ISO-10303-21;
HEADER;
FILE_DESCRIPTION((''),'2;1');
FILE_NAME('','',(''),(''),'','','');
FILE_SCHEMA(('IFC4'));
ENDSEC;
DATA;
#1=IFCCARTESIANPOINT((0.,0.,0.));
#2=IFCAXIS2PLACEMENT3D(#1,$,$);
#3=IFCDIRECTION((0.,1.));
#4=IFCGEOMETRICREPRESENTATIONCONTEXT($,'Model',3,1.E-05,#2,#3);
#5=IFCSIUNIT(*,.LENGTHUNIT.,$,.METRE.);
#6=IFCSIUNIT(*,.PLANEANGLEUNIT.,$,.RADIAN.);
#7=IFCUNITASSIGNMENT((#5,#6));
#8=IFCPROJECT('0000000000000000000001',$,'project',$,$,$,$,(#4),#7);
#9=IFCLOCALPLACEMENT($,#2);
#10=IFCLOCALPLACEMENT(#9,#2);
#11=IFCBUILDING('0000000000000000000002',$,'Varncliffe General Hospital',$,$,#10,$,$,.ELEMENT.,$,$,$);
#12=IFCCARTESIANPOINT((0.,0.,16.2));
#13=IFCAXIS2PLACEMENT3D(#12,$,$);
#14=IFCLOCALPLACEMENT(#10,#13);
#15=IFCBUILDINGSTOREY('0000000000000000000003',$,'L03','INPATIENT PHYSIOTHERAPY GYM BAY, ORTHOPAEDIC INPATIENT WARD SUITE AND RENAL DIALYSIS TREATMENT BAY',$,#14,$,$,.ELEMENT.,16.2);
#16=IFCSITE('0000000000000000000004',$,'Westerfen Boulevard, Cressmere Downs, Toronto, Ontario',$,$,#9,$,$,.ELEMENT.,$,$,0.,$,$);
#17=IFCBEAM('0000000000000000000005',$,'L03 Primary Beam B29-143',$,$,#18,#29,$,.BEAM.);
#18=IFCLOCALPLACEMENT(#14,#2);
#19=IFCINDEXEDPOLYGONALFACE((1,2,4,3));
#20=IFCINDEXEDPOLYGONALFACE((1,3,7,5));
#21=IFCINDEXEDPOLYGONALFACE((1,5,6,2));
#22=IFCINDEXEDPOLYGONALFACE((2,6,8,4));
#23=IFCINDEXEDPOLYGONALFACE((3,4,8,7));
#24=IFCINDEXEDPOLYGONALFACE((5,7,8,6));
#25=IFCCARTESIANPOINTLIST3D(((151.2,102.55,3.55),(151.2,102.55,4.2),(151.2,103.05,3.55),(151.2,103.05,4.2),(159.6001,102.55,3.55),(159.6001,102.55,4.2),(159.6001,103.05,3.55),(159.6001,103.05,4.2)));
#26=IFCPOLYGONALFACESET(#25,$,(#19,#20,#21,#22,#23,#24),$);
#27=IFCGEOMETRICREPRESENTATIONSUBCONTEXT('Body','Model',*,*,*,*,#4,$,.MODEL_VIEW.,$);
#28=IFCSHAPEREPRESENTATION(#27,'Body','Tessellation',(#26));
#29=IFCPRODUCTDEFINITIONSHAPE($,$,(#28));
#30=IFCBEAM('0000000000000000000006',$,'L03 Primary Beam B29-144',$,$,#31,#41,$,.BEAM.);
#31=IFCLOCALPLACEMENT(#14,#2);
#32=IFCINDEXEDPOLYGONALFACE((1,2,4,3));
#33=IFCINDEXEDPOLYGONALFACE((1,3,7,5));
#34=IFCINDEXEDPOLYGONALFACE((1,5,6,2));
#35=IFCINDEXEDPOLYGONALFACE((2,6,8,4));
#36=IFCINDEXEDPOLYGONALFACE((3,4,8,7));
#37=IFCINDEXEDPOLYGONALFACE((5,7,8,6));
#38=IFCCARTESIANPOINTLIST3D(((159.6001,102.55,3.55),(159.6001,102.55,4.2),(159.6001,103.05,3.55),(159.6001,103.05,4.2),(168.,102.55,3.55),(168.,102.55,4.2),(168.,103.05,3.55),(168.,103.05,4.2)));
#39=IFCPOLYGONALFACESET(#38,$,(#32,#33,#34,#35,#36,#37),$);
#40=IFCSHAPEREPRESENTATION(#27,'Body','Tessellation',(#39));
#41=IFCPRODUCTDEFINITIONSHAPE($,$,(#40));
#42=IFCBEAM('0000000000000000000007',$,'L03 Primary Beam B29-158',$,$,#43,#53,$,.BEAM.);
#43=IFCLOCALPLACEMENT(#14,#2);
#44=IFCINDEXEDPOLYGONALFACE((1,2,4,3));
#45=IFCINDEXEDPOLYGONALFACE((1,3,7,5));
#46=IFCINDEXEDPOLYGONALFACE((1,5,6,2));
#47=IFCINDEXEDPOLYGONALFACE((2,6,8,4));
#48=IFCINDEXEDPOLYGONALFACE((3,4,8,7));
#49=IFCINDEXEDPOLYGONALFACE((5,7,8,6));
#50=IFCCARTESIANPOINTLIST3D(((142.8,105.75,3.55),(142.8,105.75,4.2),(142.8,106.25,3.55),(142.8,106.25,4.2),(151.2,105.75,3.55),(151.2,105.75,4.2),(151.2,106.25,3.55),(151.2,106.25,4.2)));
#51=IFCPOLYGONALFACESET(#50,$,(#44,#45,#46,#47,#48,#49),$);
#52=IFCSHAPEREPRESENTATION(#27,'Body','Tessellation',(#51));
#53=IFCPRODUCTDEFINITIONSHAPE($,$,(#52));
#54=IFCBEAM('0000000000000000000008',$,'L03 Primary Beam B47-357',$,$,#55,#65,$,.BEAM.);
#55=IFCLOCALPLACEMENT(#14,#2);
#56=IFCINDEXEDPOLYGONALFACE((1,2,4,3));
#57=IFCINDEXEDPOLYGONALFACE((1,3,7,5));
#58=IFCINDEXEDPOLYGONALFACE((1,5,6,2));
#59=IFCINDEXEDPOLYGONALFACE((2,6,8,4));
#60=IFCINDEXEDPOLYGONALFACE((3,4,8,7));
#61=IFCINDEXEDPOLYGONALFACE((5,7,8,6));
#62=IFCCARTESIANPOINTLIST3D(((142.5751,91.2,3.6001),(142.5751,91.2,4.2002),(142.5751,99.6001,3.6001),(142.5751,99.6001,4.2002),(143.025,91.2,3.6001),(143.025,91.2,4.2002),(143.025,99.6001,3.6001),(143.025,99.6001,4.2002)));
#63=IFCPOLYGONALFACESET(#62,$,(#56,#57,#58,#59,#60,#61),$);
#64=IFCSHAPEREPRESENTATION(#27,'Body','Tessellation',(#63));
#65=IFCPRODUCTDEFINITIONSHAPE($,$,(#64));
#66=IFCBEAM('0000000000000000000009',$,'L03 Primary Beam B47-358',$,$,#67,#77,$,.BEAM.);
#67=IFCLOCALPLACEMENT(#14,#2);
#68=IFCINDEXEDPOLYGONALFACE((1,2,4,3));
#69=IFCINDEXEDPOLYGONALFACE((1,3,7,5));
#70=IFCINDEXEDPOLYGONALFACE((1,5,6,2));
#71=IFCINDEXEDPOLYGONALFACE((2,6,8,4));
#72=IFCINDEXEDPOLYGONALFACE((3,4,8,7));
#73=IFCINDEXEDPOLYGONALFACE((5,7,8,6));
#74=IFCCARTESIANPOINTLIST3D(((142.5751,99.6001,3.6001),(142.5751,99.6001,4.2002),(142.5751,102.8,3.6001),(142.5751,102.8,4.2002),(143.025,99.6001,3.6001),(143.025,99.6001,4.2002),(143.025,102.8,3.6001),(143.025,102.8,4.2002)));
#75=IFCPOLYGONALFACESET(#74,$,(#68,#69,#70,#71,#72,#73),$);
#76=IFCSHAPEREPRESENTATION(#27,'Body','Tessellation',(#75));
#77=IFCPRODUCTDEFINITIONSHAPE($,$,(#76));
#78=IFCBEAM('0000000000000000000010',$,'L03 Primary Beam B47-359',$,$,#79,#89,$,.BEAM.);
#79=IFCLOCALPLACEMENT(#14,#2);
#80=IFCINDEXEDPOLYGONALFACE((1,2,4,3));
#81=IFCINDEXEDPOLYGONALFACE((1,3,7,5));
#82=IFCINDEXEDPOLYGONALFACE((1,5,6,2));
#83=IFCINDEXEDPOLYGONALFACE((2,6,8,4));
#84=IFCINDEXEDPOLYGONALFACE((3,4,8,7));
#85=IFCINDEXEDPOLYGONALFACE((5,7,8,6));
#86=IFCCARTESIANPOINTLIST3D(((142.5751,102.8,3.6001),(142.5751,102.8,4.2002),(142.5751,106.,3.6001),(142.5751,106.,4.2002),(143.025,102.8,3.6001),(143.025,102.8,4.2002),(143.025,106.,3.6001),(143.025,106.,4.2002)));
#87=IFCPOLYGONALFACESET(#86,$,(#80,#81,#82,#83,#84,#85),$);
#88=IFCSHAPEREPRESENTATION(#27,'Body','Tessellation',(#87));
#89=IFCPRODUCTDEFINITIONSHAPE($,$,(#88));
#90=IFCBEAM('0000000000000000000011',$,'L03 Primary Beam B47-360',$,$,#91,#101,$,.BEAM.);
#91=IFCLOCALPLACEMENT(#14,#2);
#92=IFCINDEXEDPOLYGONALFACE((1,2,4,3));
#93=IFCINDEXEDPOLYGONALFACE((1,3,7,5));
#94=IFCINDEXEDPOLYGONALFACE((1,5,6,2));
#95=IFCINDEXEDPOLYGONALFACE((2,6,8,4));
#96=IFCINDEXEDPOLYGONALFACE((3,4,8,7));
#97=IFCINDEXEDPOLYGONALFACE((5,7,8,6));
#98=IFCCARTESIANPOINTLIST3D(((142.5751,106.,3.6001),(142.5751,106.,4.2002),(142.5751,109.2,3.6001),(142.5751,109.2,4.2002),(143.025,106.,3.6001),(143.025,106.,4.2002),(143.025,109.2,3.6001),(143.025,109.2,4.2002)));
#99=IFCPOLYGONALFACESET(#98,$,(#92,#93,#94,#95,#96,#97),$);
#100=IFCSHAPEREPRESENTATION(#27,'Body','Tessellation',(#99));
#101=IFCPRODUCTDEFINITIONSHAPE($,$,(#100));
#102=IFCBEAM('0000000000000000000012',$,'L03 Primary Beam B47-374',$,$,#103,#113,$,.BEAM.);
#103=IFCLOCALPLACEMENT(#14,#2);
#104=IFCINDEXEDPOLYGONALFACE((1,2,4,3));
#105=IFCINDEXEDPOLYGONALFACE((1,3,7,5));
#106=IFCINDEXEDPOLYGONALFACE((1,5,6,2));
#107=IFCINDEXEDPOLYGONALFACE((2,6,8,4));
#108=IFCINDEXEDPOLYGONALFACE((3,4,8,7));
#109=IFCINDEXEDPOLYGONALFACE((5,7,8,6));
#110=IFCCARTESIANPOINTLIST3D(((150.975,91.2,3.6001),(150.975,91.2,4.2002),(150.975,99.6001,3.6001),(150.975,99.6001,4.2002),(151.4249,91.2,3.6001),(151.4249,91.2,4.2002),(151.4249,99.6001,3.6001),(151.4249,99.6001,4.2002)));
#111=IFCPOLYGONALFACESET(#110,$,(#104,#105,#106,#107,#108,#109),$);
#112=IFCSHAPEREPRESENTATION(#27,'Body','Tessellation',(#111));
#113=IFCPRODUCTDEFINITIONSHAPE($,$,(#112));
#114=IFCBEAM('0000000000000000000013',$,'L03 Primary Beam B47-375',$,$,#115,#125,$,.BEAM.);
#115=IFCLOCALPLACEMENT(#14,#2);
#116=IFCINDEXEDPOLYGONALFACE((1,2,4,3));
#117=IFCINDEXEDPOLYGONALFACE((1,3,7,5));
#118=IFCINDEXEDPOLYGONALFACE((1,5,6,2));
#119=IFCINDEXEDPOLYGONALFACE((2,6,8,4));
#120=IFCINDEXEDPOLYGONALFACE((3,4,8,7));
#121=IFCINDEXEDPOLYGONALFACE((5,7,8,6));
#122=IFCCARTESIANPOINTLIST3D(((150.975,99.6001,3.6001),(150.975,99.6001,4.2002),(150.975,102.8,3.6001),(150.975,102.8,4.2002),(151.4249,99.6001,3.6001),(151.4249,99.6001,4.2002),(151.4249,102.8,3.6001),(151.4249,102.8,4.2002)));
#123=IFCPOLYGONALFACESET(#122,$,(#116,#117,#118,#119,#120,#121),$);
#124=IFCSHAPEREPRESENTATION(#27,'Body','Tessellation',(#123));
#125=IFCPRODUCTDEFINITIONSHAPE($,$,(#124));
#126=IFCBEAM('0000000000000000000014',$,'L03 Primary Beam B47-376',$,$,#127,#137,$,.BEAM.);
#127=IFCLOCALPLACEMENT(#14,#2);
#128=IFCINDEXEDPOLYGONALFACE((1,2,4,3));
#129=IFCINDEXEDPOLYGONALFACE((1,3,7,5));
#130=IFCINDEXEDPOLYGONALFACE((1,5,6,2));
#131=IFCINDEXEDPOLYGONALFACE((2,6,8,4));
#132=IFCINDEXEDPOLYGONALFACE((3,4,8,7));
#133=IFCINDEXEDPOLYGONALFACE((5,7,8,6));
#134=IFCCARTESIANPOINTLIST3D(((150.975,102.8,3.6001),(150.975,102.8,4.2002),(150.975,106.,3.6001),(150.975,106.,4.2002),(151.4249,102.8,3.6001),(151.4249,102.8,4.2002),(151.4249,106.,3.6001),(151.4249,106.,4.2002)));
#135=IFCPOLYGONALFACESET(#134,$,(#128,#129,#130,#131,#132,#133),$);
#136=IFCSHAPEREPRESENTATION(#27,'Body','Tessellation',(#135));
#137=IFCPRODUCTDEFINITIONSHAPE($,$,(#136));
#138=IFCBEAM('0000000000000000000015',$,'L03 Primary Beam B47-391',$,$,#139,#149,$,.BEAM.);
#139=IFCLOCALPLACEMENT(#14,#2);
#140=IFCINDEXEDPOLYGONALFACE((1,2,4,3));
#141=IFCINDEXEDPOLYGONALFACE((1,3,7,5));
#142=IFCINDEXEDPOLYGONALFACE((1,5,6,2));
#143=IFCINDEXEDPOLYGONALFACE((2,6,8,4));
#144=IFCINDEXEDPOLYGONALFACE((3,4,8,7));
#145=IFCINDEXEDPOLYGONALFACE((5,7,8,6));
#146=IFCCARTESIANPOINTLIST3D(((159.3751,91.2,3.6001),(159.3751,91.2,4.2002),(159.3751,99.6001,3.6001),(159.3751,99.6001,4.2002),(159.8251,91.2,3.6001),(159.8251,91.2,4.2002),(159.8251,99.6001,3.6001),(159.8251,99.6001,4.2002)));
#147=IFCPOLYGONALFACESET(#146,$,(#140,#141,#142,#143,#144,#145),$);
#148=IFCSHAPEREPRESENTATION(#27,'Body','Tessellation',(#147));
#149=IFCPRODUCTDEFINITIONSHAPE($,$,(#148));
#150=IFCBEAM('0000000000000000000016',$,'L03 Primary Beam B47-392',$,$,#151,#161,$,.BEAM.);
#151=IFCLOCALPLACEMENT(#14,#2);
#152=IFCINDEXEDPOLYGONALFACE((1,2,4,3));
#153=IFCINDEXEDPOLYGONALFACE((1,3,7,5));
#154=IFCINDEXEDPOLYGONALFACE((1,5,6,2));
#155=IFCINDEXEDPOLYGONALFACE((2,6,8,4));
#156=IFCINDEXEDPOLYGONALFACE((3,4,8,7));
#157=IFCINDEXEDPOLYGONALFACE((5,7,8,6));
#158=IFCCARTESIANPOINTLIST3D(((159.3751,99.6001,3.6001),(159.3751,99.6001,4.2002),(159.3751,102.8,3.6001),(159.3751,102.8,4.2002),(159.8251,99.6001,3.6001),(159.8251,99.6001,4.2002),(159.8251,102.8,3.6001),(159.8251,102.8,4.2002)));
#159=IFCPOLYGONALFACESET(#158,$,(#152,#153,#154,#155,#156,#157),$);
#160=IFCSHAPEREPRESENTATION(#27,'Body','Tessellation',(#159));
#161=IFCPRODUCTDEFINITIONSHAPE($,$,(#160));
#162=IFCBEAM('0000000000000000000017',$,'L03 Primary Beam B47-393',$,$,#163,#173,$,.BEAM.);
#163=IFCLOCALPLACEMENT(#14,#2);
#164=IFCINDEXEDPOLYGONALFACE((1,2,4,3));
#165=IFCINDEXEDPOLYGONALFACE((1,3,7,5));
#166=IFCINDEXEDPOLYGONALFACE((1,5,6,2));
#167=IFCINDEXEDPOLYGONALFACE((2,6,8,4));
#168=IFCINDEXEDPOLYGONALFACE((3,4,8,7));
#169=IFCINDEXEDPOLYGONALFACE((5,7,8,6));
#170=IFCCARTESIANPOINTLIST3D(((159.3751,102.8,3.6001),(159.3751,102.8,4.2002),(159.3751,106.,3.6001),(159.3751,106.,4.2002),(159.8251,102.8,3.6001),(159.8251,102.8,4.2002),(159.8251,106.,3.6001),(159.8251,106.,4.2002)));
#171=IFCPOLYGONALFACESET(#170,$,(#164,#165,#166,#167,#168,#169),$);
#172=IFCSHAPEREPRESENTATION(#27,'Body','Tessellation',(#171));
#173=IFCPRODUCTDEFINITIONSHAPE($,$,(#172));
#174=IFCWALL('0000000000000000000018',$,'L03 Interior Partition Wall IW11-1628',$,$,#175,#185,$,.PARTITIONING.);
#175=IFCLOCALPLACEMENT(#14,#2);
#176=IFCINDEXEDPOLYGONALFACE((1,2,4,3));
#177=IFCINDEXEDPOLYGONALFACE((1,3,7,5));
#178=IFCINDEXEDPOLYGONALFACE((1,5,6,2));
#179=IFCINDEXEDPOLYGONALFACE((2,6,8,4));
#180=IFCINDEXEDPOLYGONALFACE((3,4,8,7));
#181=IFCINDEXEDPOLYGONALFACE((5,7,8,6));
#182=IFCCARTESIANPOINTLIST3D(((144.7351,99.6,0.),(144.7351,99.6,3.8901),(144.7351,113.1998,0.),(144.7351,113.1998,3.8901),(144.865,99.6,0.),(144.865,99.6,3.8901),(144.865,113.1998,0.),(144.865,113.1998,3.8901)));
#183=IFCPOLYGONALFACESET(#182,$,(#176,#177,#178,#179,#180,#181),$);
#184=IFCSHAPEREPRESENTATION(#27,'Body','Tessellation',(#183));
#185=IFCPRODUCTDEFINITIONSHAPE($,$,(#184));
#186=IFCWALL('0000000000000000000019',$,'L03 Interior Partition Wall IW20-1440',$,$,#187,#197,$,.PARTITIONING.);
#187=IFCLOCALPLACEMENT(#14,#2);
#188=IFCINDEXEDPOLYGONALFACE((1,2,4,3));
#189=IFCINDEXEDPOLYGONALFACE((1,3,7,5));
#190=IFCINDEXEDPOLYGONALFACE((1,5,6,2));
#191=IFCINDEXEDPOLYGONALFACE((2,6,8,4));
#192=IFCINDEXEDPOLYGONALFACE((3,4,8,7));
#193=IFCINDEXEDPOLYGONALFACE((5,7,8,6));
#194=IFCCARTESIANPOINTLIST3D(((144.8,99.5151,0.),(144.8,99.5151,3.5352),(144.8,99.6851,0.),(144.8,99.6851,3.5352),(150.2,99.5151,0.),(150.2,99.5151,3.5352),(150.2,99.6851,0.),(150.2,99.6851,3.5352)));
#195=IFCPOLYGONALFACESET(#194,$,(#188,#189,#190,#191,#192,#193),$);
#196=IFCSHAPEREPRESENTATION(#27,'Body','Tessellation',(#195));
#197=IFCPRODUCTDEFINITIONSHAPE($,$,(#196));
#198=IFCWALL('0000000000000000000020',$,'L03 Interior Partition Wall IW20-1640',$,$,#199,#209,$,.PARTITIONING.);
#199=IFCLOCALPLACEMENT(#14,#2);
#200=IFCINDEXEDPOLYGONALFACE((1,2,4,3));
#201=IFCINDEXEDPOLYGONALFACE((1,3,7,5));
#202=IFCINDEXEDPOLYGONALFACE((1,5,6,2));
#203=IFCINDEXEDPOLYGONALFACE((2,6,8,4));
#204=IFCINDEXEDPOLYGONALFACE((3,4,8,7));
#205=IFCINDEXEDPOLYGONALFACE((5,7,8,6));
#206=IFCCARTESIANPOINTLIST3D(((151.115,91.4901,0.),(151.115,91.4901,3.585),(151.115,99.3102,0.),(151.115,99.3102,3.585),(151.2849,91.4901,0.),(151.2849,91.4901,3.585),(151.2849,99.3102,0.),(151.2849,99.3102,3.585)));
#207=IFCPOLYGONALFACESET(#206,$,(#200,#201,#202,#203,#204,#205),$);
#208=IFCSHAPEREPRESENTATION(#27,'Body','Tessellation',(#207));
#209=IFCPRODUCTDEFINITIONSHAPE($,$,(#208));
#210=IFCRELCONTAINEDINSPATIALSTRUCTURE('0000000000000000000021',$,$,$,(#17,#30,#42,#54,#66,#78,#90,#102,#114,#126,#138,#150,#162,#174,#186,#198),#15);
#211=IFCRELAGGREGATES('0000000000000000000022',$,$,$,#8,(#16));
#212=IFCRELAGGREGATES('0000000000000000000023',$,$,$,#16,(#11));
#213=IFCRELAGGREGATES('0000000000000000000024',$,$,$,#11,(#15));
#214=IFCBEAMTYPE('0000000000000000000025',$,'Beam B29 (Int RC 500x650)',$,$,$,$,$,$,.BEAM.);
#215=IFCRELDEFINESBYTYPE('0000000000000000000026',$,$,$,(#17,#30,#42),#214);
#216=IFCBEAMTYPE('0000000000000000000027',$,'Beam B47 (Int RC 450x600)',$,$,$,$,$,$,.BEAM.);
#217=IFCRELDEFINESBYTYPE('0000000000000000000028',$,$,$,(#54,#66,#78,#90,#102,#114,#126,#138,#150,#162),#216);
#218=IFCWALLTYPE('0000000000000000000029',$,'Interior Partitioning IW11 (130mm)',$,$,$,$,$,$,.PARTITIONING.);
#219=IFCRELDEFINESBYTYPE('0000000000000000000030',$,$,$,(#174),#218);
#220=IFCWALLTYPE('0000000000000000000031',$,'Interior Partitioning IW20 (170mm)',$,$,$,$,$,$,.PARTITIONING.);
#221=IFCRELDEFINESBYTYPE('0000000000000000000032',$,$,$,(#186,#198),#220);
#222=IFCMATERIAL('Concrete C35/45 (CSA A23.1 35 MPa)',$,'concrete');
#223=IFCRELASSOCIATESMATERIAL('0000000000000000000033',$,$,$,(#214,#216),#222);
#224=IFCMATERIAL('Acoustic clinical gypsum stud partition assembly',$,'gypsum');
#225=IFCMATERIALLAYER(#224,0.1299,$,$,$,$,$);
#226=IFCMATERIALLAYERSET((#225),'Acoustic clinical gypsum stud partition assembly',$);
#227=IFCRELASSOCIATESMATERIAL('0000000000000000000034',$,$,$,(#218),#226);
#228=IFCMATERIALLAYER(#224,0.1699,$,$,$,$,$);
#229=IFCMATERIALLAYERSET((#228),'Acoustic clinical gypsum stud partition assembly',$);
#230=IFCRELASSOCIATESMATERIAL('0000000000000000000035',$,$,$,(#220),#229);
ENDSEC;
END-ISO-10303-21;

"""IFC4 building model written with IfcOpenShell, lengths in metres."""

from ifc_helpers import new_model, si_unit, direction, frame, frame_2d, origin, origin_2d, place, context, subcontext, project, spatial, rectangle, extrude, material, layer, layer_set, material_profile, profile_set, type_object, element, save


model = new_model("IFC4")

# Units and contexts
model_context = context("Model", 3, precision=1e-05, world=origin(), true_north=direction((0.0, 1.0)))
body_context = subcontext(model_context, "Body", "Model", "MODEL_VIEW")
ifc_project = project(units=[si_unit("LENGTHUNIT", "METRE"), si_unit("PLANEANGLEUNIT", "RADIAN")], contexts=[model_context])

# Site, building, storey
site_placement = place(None, origin())
site = spatial("IfcSite", under=ifc_project, at=site_placement, Name="Westerfen Boulevard, Cressmere Downs, Toronto, Ontario", CompositionType="ELEMENT", RefElevation=0.0)
building_placement = place(site_placement, origin())
building = spatial("IfcBuilding", under=site, at=building_placement, Name="Varncliffe General Hospital", CompositionType="ELEMENT")
storey_placement = place(building_placement, frame((0.0, 0.0, 16.2)))
storey = spatial("IfcBuildingStorey", under=building, at=storey_placement, Name="L03", Description="INPATIENT PHYSIOTHERAPY GYM BAY, ORTHOPAEDIC INPATIENT WARD SUITE AND RENAL DIALYSIS TREATMENT BAY", CompositionType="ELEMENT", Elevation=16.2)

# Beams
ifc_material_1 = material(Name="Concrete C35/45 (CSA A23.1 35 MPa)", Category="concrete")
ifc_material_profile_1 = material_profile(ifc_material_1, rectangle(XDim=0.5, YDim=0.6499, at=origin_2d()), Name="RC 500x650")
ifc_profile_set_1 = profile_set([ifc_material_profile_1], Name="Concrete C35/45 (CSA A23.1 35 MPa)")
beam_type_1 = type_object("IfcBeamType", Name="Beam B29 (Int RC 500x650)", PredefinedType="BEAM", material=ifc_profile_set_1)
beam_1_placement = place(storey_placement, frame((151.2, 102.8, 3.875), z_axis=(1.0, 0.0, 0.0), x_axis=(0.0, 1.0, 0.0)))
element("IfcBeam", 1, at=beam_1_placement, inside=storey, type_object=beam_type_1, Name="L03 Primary Beam B29-143", PredefinedType="BEAM", context=body_context, shape_type="SweptSolid", body=[
    extrude(rectangle(XDim=0.5, YDim=0.6499, at=origin_2d()), origin(), (0.0, 0.0, 1.0), 8.4001),
])
for number, where, z_axis, x_axis, name in (
    (2, (159.6001, 102.8, 3.875), (1.0, 0.0, 0.0), (0.0, 1.0, 0.0), "L03 Primary Beam B29-144"),
    (3, (142.8, 106.0, 3.875), (1.0, 0.0, 0.0), (0.0, 1.0, 0.0), "L03 Primary Beam B29-158"),
):
    element("IfcBeam", number, at=place(storey_placement, frame(where, z_axis=z_axis, x_axis=x_axis)), inside=storey, type_object=beam_type_1, Name=name, PredefinedType="BEAM", context=body_context, shape_type="SweptSolid", body=[
        extrude(rectangle(XDim=0.5, YDim=0.6499, at=origin_2d()), origin(), (0.0, 0.0, 1.0), 8.3999),
    ])
ifc_material_profile_2 = material_profile(ifc_material_1, rectangle(XDim=0.45, YDim=0.6001, at=origin_2d()), Name="RC 450x600")
ifc_profile_set_2 = profile_set([ifc_material_profile_2], Name="Concrete C35/45 (CSA A23.1 35 MPa)")
beam_type_2 = type_object("IfcBeamType", Name="Beam B47 (Int RC 450x600)", PredefinedType="BEAM", material=ifc_profile_set_2)
beam_2_placement = place(storey_placement, frame((142.8, 91.2, 3.9001), z_axis=(0.0, 1.0, 0.0), x_axis=(-1.0, 0.0, 0.0)))
element("IfcBeam", 4, at=beam_2_placement, inside=storey, type_object=beam_type_2, Name="L03 Primary Beam B47-357", PredefinedType="BEAM", context=body_context, shape_type="SweptSolid", body=[
    extrude(rectangle(XDim=0.45, YDim=0.6001, at=origin_2d()), origin(), (0.0, 0.0, 1.0), 8.4001),
])
for number, where, z_axis, x_axis, name in (
    (5, (142.8, 99.6001, 3.9001), (0.0, 1.0, 0.0), (-1.0, 0.0, 0.0), "L03 Primary Beam B47-358"),
    (6, (142.8, 102.8, 3.9001), (0.0, 1.0, 0.0), (-1.0, 0.0, 0.0), "L03 Primary Beam B47-359"),
    (7, (142.8, 106.0, 3.9001), (0.0, 1.0, 0.0), (-1.0, 0.0, 0.0), "L03 Primary Beam B47-360"),
):
    element("IfcBeam", number, at=place(storey_placement, frame(where, z_axis=z_axis, x_axis=x_axis)), inside=storey, type_object=beam_type_2, Name=name, PredefinedType="BEAM", context=body_context, shape_type="SweptSolid", body=[
        extrude(rectangle(XDim=0.45, YDim=0.6001, at=origin_2d()), origin(), (0.0, 0.0, 1.0), 3.2),
    ])
beam_3_placement = place(storey_placement, frame((151.2, 91.2, 3.9001), z_axis=(0.0, 1.0, 0.0), x_axis=(-1.0, 0.0, 0.0)))
element("IfcBeam", 8, at=beam_3_placement, inside=storey, type_object=beam_type_2, Name="L03 Primary Beam B47-374", PredefinedType="BEAM", context=body_context, shape_type="SweptSolid", body=[
    extrude(rectangle(XDim=0.45, YDim=0.6001, at=origin_2d()), origin(), (0.0, 0.0, 1.0), 8.4001),
])
for number, where, z_axis, x_axis, name in (
    (9, (151.2, 99.6001, 3.9001), (0.0, 1.0, 0.0), (-1.0, 0.0, 0.0), "L03 Primary Beam B47-375"),
    (10, (151.2, 102.8, 3.9001), (0.0, 1.0, 0.0), (-1.0, 0.0, 0.0), "L03 Primary Beam B47-376"),
):
    element("IfcBeam", number, at=place(storey_placement, frame(where, z_axis=z_axis, x_axis=x_axis)), inside=storey, type_object=beam_type_2, Name=name, PredefinedType="BEAM", context=body_context, shape_type="SweptSolid", body=[
        extrude(rectangle(XDim=0.45, YDim=0.6001, at=origin_2d()), origin(), (0.0, 0.0, 1.0), 3.2),
    ])
beam_4_placement = place(storey_placement, frame((159.6001, 91.2, 3.9001), z_axis=(0.0, 1.0, 0.0), x_axis=(-1.0, 0.0, 0.0)))
element("IfcBeam", 11, at=beam_4_placement, inside=storey, type_object=beam_type_2, Name="L03 Primary Beam B47-391", PredefinedType="BEAM", context=body_context, shape_type="SweptSolid", body=[
    extrude(rectangle(XDim=0.45, YDim=0.6001, at=origin_2d()), origin(), (0.0, 0.0, 1.0), 8.4001),
])
for number, where, z_axis, x_axis, name in (
    (12, (159.6001, 99.6001, 3.9001), (0.0, 1.0, 0.0), (-1.0, 0.0, 0.0), "L03 Primary Beam B47-392"),
    (13, (159.6001, 102.8, 3.9001), (0.0, 1.0, 0.0), (-1.0, 0.0, 0.0), "L03 Primary Beam B47-393"),
):
    element("IfcBeam", number, at=place(storey_placement, frame(where, z_axis=z_axis, x_axis=x_axis)), inside=storey, type_object=beam_type_2, Name=name, PredefinedType="BEAM", context=body_context, shape_type="SweptSolid", body=[
        extrude(rectangle(XDim=0.45, YDim=0.6001, at=origin_2d()), origin(), (0.0, 0.0, 1.0), 3.2),
    ])

# Walls
ifc_material_2 = material(Name="Acoustic clinical gypsum stud partition assembly", Category="gypsum")
ifc_layer_1 = layer(ifc_material_2, 0.1299)
ifc_layer_set_1 = layer_set([ifc_layer_1], Name="Acoustic clinical gypsum stud partition assembly")
wall_type_1 = type_object("IfcWallType", Name="Interior Partitioning IW11 (130mm)", PredefinedType="PARTITIONING", material=ifc_layer_set_1)
wall_1_placement = place(storey_placement, frame((144.8, 99.6001, 0.0), z_axis=(0.0, 0.0, 1.0), x_axis=(0.0, 1.0, 0.0)))
element("IfcWall", 14, at=wall_1_placement, inside=storey, type_object=wall_type_1, Name="L03 Interior Partition Wall IW11-1628", PredefinedType="PARTITIONING", context=body_context, shape_type="SweptSolid", body=[
    extrude(rectangle(XDim=13.5999, YDim=0.1299, at=frame_2d((6.7998, 0.0))), origin(), (0.0, 0.0, 1.0), 3.8901),
])
ifc_layer_2 = layer(ifc_material_2, 0.1699)
ifc_layer_set_2 = layer_set([ifc_layer_2], Name="Acoustic clinical gypsum stud partition assembly")
wall_type_2 = type_object("IfcWallType", Name="Interior Partitioning IW20 (170mm)", PredefinedType="PARTITIONING", material=ifc_layer_set_2)
wall_2_placement = place(storey_placement, frame((144.8, 99.6001, 0.0), z_axis=(0.0, 0.0, 1.0), x_axis=(1.0, 0.0, 0.0)))
element("IfcWall", 15, at=wall_2_placement, inside=storey, type_object=wall_type_2, Name="L03 Interior Partition Wall IW20-1440", PredefinedType="PARTITIONING", context=body_context, shape_type="SweptSolid", body=[
    extrude(rectangle(XDim=5.3999, YDim=0.1699, at=frame_2d((2.7, 0.0))), origin(), (0.0, 0.0, 1.0), 3.5352),
])
wall_3_placement = place(storey_placement, frame((151.2, 91.49, 0.0), z_axis=(0.0, 0.0, 1.0), x_axis=(0.0, 1.0, 0.0)))
element("IfcWall", 16, at=wall_3_placement, inside=storey, type_object=wall_type_2, Name="L03 Interior Partition Wall IW20-1640", PredefinedType="PARTITIONING", context=body_context, shape_type="SweptSolid", body=[
    extrude(rectangle(XDim=7.8201, YDim=0.1699, at=frame_2d((3.9102, 0.0))), origin(), (0.0, 0.0, 1.0), 3.585),
])

save(model, "model.ifc")
